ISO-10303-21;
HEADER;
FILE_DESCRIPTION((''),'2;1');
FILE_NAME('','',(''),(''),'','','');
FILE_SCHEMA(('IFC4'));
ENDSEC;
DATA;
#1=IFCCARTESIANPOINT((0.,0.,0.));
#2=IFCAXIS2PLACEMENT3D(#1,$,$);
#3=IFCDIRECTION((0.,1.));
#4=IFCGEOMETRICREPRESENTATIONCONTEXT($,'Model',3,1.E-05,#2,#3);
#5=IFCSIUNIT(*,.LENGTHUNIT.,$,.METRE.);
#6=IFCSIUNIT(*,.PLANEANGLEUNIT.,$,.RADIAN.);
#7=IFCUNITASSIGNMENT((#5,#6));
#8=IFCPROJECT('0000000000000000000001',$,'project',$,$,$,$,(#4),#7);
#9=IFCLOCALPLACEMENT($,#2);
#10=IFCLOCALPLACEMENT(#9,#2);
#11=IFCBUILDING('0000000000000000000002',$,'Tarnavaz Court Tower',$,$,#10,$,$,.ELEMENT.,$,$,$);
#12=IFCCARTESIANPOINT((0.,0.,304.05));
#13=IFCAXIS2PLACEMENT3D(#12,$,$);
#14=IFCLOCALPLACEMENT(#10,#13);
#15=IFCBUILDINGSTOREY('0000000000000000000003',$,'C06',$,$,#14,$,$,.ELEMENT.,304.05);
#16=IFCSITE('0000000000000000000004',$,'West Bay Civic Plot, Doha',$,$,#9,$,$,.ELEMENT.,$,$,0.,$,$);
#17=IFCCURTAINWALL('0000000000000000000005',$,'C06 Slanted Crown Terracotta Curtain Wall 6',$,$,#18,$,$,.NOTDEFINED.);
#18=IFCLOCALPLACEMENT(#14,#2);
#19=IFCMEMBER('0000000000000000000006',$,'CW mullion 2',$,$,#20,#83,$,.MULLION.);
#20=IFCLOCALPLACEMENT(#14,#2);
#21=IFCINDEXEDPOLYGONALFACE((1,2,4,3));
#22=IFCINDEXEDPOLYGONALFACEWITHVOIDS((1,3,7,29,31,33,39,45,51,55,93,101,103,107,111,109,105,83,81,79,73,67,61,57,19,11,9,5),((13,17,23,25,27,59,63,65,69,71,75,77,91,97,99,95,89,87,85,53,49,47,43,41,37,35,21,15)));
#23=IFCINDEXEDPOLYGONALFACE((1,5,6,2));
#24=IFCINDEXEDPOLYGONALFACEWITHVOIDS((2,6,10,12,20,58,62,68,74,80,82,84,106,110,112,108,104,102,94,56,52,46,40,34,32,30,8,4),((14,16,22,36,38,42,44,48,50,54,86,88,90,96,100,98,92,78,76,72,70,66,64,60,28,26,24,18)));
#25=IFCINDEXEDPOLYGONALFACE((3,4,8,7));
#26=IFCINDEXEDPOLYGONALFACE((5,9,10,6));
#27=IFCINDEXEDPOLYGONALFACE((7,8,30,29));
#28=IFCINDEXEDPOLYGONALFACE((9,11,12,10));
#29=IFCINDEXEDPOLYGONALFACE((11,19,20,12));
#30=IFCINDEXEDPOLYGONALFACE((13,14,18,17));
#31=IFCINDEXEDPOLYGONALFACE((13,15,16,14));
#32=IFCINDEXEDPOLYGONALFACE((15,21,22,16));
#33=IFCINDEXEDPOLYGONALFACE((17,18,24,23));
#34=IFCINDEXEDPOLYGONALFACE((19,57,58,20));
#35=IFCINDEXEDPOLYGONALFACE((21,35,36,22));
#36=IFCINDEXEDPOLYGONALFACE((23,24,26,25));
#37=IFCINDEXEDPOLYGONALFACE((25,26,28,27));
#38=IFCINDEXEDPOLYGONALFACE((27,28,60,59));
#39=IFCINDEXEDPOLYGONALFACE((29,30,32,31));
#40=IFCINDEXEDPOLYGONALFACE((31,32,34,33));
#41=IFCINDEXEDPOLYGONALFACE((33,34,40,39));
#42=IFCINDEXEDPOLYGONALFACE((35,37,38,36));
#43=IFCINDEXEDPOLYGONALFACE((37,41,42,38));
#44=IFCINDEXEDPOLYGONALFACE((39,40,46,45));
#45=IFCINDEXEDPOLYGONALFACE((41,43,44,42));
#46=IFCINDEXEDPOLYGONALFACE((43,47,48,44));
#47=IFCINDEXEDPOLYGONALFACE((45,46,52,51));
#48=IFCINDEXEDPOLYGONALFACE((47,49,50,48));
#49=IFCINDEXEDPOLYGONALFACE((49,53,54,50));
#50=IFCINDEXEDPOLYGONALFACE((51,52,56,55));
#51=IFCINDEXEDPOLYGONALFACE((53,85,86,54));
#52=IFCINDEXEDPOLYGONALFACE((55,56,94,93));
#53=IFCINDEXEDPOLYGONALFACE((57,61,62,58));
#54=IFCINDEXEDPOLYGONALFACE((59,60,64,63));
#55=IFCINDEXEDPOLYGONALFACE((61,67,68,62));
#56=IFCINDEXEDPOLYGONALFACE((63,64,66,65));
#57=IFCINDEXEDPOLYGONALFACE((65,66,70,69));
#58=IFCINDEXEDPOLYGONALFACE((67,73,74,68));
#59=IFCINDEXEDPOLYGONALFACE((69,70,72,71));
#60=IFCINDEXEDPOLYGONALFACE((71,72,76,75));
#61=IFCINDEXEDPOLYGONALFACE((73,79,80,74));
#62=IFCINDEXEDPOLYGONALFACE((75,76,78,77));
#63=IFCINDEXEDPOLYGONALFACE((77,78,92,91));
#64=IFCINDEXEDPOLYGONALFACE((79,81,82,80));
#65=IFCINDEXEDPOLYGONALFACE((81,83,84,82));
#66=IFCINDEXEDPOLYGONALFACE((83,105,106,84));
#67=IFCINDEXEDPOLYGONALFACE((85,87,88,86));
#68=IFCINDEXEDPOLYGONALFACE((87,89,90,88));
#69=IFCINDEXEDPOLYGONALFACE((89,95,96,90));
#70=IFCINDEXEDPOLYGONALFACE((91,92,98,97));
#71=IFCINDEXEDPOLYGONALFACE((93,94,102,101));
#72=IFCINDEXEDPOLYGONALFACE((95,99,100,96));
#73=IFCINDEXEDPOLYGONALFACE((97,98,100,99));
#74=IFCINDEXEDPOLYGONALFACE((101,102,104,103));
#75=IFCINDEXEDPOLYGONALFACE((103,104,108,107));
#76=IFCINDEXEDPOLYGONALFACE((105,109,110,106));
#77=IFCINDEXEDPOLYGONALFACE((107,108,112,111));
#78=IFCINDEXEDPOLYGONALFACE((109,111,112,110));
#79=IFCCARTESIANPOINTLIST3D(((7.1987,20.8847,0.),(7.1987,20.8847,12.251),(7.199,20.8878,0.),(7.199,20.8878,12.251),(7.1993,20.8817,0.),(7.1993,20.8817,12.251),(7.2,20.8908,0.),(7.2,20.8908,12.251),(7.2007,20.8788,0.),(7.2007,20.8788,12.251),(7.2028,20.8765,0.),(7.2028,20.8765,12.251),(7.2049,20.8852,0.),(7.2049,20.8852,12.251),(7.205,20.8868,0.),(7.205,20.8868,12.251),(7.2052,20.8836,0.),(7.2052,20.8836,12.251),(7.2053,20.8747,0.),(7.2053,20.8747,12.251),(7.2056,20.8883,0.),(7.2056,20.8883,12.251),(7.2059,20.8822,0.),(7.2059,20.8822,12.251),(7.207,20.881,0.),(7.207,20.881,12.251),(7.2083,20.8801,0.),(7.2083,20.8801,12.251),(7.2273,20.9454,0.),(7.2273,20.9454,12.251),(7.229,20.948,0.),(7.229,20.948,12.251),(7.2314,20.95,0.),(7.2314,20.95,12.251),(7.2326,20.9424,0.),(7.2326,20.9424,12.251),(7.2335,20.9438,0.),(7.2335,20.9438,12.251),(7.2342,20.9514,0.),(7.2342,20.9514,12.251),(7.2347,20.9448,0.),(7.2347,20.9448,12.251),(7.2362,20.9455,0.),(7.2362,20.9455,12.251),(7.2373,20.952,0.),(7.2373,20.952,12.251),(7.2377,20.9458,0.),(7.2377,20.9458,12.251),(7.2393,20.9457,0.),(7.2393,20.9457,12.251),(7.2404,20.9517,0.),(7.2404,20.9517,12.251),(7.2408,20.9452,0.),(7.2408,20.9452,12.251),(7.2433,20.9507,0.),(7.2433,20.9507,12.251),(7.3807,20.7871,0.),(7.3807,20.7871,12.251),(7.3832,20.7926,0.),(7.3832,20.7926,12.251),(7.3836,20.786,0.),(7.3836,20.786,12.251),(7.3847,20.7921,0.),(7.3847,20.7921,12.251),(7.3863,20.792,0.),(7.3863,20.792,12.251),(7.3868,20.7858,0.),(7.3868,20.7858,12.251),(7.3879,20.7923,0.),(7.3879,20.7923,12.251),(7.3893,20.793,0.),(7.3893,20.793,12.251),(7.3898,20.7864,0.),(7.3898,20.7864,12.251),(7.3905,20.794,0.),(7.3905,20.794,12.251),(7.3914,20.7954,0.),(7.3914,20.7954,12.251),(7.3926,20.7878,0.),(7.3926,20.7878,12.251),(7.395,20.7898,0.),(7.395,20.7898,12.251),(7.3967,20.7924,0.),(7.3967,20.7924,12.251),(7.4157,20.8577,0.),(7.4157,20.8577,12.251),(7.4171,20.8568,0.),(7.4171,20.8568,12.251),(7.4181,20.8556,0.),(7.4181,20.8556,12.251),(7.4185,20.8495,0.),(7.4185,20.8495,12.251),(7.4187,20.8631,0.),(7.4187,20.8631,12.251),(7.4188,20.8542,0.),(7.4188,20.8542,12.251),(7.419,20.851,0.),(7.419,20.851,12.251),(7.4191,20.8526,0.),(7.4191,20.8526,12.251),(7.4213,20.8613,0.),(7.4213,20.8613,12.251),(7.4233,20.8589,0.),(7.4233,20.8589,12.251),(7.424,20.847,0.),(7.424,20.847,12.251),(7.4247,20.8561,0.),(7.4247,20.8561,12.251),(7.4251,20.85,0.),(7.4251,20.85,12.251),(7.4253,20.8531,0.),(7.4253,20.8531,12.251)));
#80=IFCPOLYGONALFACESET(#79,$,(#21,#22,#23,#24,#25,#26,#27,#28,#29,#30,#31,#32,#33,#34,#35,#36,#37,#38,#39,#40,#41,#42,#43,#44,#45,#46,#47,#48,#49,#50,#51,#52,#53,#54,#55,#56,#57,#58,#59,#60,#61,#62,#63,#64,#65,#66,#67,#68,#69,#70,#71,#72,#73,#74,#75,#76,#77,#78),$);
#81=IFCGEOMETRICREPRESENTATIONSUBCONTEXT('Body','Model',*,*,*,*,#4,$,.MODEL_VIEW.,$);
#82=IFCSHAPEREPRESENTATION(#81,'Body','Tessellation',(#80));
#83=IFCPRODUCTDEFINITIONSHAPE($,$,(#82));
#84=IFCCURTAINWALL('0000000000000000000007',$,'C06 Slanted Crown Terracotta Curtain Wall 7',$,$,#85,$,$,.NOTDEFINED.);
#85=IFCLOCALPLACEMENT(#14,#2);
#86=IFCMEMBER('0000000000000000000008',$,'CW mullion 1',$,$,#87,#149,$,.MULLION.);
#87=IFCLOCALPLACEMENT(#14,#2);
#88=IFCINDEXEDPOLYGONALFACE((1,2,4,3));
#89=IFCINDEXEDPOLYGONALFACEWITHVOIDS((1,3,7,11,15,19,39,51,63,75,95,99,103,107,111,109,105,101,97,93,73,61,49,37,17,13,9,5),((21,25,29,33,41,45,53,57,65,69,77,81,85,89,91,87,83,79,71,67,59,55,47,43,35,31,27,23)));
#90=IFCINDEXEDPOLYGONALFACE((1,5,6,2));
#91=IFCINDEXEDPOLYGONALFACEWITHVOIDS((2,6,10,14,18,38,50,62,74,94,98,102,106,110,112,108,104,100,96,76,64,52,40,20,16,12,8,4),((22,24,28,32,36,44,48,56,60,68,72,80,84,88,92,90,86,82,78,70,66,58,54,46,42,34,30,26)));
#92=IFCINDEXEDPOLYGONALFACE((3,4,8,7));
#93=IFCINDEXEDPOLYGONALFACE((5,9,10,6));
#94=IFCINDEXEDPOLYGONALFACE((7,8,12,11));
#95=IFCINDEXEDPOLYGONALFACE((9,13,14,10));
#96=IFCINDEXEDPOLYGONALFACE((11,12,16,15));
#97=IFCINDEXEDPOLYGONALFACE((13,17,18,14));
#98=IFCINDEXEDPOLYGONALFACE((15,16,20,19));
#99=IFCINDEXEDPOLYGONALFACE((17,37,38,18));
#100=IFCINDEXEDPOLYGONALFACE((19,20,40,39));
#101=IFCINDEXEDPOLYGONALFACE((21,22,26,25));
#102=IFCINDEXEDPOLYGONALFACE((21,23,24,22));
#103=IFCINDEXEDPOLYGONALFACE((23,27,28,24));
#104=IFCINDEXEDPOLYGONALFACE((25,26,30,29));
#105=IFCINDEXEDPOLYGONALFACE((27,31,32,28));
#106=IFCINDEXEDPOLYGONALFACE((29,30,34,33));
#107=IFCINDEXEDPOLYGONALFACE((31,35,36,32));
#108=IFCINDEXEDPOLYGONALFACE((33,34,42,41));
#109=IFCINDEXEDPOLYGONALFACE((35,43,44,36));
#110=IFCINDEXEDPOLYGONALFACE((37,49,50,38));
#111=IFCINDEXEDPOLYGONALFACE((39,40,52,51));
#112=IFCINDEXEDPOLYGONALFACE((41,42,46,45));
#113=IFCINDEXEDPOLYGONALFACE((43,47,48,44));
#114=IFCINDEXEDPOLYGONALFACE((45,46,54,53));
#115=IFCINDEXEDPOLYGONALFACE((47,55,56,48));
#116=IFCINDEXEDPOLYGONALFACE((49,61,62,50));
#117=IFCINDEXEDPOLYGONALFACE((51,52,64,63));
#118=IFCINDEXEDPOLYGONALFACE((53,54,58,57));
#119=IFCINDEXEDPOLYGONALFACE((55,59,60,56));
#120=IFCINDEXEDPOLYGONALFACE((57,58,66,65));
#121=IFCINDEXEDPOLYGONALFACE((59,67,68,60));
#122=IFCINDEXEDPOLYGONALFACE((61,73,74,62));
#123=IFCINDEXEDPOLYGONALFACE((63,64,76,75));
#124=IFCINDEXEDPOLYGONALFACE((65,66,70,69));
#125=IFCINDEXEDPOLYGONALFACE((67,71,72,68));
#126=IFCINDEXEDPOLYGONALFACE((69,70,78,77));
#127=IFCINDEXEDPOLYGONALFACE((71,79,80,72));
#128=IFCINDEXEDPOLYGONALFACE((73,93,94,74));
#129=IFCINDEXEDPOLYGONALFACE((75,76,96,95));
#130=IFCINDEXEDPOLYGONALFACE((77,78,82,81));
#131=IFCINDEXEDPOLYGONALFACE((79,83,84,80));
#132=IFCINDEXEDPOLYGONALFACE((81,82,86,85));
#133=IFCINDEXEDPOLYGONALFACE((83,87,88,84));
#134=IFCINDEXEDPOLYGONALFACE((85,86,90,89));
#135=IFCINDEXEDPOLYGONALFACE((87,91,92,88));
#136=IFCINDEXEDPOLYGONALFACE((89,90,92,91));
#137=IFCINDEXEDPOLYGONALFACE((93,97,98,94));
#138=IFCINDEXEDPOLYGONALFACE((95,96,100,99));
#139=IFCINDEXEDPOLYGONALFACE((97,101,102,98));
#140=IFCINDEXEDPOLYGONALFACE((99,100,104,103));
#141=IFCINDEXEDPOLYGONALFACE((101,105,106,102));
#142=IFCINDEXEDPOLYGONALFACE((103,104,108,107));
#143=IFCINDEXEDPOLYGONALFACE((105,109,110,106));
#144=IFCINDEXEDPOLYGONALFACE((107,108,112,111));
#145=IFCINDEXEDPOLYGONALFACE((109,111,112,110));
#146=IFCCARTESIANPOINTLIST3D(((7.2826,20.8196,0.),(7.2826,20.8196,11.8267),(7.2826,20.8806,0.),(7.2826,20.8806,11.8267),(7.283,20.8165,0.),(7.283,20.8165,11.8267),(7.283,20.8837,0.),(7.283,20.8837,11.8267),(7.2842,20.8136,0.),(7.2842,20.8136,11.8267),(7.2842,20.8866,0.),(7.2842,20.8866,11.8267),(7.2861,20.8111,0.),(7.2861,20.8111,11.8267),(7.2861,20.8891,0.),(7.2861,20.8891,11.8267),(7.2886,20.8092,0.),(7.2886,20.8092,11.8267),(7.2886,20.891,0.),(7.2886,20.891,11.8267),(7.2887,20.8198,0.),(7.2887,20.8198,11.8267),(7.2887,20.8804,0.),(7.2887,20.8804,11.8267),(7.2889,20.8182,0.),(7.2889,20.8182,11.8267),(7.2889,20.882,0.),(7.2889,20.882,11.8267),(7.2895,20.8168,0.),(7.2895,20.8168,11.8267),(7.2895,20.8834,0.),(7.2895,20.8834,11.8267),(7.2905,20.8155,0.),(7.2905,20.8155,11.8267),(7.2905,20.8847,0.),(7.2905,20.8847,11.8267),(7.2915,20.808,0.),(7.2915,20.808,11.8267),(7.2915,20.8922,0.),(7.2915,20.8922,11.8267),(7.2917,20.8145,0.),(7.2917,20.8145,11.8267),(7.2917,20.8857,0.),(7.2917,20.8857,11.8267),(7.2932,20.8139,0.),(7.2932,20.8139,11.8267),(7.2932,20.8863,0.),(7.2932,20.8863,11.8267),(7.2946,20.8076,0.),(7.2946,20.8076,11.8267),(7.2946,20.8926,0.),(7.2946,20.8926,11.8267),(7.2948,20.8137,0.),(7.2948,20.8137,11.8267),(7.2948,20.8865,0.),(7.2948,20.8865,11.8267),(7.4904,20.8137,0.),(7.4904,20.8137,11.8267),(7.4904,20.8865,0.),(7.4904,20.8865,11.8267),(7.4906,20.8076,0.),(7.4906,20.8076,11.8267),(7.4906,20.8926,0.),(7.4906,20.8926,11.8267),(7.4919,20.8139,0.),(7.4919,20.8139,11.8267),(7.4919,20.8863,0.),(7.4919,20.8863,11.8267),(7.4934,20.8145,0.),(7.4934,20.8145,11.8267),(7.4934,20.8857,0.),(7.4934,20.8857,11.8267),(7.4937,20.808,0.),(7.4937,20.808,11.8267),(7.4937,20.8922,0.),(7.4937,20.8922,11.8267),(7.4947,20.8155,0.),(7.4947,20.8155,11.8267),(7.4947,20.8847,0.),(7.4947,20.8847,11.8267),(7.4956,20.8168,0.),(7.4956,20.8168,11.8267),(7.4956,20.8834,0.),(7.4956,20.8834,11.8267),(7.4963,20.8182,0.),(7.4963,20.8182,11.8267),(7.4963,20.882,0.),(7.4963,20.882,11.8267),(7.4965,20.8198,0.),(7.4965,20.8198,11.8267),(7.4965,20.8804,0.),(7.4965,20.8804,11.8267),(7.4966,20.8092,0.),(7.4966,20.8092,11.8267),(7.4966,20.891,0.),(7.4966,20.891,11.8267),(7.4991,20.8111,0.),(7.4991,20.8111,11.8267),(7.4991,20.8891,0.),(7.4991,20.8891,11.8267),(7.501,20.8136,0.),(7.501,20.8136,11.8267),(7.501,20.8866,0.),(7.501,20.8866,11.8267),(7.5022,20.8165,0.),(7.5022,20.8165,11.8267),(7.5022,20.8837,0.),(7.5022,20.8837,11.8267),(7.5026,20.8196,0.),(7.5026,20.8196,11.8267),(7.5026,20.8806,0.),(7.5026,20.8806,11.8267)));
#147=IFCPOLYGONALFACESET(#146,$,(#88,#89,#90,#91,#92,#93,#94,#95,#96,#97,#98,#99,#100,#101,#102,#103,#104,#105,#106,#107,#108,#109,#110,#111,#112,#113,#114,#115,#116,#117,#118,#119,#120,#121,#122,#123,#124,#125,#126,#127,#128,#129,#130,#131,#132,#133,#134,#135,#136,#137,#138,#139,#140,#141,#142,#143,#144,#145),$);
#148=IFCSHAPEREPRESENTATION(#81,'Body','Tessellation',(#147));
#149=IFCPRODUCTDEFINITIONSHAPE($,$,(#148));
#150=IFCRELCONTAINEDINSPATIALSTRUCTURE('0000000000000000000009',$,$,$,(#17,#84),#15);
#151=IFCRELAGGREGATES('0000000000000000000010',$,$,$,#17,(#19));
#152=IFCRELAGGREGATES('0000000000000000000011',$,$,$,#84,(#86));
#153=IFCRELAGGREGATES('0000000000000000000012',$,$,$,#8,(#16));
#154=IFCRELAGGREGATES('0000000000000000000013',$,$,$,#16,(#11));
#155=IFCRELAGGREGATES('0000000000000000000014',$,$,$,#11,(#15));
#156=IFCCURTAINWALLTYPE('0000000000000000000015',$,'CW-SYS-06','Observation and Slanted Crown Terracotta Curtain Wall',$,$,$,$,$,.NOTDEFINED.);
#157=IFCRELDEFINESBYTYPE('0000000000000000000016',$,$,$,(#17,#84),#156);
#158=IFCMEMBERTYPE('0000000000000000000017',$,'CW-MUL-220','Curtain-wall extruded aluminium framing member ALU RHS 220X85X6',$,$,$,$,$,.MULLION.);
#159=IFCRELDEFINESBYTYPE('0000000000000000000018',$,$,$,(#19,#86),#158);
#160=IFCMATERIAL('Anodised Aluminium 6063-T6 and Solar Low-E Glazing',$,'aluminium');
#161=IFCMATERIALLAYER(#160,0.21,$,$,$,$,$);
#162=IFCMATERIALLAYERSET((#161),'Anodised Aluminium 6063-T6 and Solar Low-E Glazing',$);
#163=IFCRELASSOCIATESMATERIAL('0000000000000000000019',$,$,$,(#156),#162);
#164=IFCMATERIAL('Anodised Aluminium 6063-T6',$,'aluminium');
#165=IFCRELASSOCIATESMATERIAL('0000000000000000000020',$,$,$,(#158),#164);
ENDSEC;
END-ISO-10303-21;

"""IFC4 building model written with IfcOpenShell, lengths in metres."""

from ifc_helpers import new_model, si_unit, direction, frame, origin, origin_2d, place, context, subcontext, project, spatial, hollow_rectangle, extrude, material, layer, layer_set, material_profile, profile_set, type_object, element, aggregate, save


model = new_model("IFC4")

# Units and contexts
model_context = context("Model", 3, precision=1e-05, world=origin(), true_north=direction((0.0, 1.0)))
body_context = subcontext(model_context, "Body", "Model", "MODEL_VIEW")
ifc_project = project(units=[si_unit("LENGTHUNIT", "METRE"), si_unit("PLANEANGLEUNIT", "RADIAN")], contexts=[model_context])

# Site, building, storey
site_placement = place(None, origin())
site = spatial("IfcSite", under=ifc_project, at=site_placement, Name="West Bay Civic Plot, Doha", CompositionType="ELEMENT", RefElevation=0.0)
building_placement = place(site_placement, origin())
building = spatial("IfcBuilding", under=site, at=building_placement, Name="Tarnavaz Court Tower", CompositionType="ELEMENT")
storey_placement = place(building_placement, frame((0.0, 0.0, 304.05)))
storey = spatial("IfcBuildingStorey", under=building, at=storey_placement, Name="C06", CompositionType="ELEMENT", Elevation=304.05)

# Shared definitions
ifc_material_1 = material(Name="Anodised Aluminium 6063-T6 and Solar Low-E Glazing", Category="aluminium")
ifc_layer_1 = layer(ifc_material_1, 0.21)
ifc_layer_set_1 = layer_set([ifc_layer_1], Name="Anodised Aluminium 6063-T6 and Solar Low-E Glazing")
curtain_wall_type = type_object("IfcCurtainWallType", Name="CW-SYS-06", Description="Observation and Slanted Crown Terracotta Curtain Wall", PredefinedType="NOTDEFINED", material=ifc_layer_set_1)
ifc_material_2 = material(Name="Anodised Aluminium 6063-T6", Category="aluminium")
ifc_material_profile_1 = material_profile(ifc_material_2, hollow_rectangle(XDim=0.085, YDim=0.22, WallThickness=0.0061, InnerFilletRadius=0.0061, OuterFilletRadius=0.012, at=origin_2d()), Name="ALU RHS 220X85X6")
ifc_profile_set_1 = profile_set([ifc_material_profile_1], Name="Anodised Aluminium 6063-T6")
member_type_1 = type_object("IfcMemberType", Name="CW-MUL-220", Description="Curtain-wall extruded aluminium framing member ALU RHS 220X85X6", PredefinedType="MULLION", material=ifc_profile_set_1)

# Curtain walls, members
curtain_wall_1_placement = place(storey_placement, origin())
curtain_wall_1 = element("IfcCurtainWall", 1, at=curtain_wall_1_placement, inside=storey, type_object=curtain_wall_type, Name="C06 Slanted Crown Terracotta Curtain Wall 6", PredefinedType="NOTDEFINED")
member_1_placement = place(storey_placement, frame((7.312, 20.8689, 0.0), z_axis=(0.0, 0.0, 1.0), x_axis=(0.447214, 0.894427, 0.0)))
member_1 = element("IfcMember", 2, at=member_1_placement, type_object=member_type_1, Name="CW mullion 2", PredefinedType="MULLION", context=body_context, shape_type="SweptSolid", body=[
    extrude(hollow_rectangle(XDim=0.085, YDim=0.22, WallThickness=0.0061, InnerFilletRadius=0.0061, OuterFilletRadius=0.012, at=origin_2d()), origin(), (0.0, 0.0, 1.0), 12.251),
])
curtain_wall_2_placement = place(storey_placement, origin())
curtain_wall_2 = element("IfcCurtainWall", 3, at=curtain_wall_2_placement, inside=storey, type_object=curtain_wall_type, Name="C06 Slanted Crown Terracotta Curtain Wall 7", PredefinedType="NOTDEFINED")
member_2_placement = place(storey_placement, frame((7.3926, 20.8501, 0.0), z_axis=(0.0, 0.0, 1.0), x_axis=(0.0, 1.0, 0.0)))
member_2 = element("IfcMember", 4, at=member_2_placement, type_object=member_type_1, Name="CW mullion 1", PredefinedType="MULLION", context=body_context, shape_type="SweptSolid", body=[
    extrude(hollow_rectangle(XDim=0.085, YDim=0.22, WallThickness=0.0061, InnerFilletRadius=0.0061, OuterFilletRadius=0.012, at=origin_2d()), origin(), (0.0, 0.0, 1.0), 11.8267),
])

aggregate(curtain_wall_1, [member_1])
aggregate(curtain_wall_2, [member_2])

save(model, "model.ifc")
